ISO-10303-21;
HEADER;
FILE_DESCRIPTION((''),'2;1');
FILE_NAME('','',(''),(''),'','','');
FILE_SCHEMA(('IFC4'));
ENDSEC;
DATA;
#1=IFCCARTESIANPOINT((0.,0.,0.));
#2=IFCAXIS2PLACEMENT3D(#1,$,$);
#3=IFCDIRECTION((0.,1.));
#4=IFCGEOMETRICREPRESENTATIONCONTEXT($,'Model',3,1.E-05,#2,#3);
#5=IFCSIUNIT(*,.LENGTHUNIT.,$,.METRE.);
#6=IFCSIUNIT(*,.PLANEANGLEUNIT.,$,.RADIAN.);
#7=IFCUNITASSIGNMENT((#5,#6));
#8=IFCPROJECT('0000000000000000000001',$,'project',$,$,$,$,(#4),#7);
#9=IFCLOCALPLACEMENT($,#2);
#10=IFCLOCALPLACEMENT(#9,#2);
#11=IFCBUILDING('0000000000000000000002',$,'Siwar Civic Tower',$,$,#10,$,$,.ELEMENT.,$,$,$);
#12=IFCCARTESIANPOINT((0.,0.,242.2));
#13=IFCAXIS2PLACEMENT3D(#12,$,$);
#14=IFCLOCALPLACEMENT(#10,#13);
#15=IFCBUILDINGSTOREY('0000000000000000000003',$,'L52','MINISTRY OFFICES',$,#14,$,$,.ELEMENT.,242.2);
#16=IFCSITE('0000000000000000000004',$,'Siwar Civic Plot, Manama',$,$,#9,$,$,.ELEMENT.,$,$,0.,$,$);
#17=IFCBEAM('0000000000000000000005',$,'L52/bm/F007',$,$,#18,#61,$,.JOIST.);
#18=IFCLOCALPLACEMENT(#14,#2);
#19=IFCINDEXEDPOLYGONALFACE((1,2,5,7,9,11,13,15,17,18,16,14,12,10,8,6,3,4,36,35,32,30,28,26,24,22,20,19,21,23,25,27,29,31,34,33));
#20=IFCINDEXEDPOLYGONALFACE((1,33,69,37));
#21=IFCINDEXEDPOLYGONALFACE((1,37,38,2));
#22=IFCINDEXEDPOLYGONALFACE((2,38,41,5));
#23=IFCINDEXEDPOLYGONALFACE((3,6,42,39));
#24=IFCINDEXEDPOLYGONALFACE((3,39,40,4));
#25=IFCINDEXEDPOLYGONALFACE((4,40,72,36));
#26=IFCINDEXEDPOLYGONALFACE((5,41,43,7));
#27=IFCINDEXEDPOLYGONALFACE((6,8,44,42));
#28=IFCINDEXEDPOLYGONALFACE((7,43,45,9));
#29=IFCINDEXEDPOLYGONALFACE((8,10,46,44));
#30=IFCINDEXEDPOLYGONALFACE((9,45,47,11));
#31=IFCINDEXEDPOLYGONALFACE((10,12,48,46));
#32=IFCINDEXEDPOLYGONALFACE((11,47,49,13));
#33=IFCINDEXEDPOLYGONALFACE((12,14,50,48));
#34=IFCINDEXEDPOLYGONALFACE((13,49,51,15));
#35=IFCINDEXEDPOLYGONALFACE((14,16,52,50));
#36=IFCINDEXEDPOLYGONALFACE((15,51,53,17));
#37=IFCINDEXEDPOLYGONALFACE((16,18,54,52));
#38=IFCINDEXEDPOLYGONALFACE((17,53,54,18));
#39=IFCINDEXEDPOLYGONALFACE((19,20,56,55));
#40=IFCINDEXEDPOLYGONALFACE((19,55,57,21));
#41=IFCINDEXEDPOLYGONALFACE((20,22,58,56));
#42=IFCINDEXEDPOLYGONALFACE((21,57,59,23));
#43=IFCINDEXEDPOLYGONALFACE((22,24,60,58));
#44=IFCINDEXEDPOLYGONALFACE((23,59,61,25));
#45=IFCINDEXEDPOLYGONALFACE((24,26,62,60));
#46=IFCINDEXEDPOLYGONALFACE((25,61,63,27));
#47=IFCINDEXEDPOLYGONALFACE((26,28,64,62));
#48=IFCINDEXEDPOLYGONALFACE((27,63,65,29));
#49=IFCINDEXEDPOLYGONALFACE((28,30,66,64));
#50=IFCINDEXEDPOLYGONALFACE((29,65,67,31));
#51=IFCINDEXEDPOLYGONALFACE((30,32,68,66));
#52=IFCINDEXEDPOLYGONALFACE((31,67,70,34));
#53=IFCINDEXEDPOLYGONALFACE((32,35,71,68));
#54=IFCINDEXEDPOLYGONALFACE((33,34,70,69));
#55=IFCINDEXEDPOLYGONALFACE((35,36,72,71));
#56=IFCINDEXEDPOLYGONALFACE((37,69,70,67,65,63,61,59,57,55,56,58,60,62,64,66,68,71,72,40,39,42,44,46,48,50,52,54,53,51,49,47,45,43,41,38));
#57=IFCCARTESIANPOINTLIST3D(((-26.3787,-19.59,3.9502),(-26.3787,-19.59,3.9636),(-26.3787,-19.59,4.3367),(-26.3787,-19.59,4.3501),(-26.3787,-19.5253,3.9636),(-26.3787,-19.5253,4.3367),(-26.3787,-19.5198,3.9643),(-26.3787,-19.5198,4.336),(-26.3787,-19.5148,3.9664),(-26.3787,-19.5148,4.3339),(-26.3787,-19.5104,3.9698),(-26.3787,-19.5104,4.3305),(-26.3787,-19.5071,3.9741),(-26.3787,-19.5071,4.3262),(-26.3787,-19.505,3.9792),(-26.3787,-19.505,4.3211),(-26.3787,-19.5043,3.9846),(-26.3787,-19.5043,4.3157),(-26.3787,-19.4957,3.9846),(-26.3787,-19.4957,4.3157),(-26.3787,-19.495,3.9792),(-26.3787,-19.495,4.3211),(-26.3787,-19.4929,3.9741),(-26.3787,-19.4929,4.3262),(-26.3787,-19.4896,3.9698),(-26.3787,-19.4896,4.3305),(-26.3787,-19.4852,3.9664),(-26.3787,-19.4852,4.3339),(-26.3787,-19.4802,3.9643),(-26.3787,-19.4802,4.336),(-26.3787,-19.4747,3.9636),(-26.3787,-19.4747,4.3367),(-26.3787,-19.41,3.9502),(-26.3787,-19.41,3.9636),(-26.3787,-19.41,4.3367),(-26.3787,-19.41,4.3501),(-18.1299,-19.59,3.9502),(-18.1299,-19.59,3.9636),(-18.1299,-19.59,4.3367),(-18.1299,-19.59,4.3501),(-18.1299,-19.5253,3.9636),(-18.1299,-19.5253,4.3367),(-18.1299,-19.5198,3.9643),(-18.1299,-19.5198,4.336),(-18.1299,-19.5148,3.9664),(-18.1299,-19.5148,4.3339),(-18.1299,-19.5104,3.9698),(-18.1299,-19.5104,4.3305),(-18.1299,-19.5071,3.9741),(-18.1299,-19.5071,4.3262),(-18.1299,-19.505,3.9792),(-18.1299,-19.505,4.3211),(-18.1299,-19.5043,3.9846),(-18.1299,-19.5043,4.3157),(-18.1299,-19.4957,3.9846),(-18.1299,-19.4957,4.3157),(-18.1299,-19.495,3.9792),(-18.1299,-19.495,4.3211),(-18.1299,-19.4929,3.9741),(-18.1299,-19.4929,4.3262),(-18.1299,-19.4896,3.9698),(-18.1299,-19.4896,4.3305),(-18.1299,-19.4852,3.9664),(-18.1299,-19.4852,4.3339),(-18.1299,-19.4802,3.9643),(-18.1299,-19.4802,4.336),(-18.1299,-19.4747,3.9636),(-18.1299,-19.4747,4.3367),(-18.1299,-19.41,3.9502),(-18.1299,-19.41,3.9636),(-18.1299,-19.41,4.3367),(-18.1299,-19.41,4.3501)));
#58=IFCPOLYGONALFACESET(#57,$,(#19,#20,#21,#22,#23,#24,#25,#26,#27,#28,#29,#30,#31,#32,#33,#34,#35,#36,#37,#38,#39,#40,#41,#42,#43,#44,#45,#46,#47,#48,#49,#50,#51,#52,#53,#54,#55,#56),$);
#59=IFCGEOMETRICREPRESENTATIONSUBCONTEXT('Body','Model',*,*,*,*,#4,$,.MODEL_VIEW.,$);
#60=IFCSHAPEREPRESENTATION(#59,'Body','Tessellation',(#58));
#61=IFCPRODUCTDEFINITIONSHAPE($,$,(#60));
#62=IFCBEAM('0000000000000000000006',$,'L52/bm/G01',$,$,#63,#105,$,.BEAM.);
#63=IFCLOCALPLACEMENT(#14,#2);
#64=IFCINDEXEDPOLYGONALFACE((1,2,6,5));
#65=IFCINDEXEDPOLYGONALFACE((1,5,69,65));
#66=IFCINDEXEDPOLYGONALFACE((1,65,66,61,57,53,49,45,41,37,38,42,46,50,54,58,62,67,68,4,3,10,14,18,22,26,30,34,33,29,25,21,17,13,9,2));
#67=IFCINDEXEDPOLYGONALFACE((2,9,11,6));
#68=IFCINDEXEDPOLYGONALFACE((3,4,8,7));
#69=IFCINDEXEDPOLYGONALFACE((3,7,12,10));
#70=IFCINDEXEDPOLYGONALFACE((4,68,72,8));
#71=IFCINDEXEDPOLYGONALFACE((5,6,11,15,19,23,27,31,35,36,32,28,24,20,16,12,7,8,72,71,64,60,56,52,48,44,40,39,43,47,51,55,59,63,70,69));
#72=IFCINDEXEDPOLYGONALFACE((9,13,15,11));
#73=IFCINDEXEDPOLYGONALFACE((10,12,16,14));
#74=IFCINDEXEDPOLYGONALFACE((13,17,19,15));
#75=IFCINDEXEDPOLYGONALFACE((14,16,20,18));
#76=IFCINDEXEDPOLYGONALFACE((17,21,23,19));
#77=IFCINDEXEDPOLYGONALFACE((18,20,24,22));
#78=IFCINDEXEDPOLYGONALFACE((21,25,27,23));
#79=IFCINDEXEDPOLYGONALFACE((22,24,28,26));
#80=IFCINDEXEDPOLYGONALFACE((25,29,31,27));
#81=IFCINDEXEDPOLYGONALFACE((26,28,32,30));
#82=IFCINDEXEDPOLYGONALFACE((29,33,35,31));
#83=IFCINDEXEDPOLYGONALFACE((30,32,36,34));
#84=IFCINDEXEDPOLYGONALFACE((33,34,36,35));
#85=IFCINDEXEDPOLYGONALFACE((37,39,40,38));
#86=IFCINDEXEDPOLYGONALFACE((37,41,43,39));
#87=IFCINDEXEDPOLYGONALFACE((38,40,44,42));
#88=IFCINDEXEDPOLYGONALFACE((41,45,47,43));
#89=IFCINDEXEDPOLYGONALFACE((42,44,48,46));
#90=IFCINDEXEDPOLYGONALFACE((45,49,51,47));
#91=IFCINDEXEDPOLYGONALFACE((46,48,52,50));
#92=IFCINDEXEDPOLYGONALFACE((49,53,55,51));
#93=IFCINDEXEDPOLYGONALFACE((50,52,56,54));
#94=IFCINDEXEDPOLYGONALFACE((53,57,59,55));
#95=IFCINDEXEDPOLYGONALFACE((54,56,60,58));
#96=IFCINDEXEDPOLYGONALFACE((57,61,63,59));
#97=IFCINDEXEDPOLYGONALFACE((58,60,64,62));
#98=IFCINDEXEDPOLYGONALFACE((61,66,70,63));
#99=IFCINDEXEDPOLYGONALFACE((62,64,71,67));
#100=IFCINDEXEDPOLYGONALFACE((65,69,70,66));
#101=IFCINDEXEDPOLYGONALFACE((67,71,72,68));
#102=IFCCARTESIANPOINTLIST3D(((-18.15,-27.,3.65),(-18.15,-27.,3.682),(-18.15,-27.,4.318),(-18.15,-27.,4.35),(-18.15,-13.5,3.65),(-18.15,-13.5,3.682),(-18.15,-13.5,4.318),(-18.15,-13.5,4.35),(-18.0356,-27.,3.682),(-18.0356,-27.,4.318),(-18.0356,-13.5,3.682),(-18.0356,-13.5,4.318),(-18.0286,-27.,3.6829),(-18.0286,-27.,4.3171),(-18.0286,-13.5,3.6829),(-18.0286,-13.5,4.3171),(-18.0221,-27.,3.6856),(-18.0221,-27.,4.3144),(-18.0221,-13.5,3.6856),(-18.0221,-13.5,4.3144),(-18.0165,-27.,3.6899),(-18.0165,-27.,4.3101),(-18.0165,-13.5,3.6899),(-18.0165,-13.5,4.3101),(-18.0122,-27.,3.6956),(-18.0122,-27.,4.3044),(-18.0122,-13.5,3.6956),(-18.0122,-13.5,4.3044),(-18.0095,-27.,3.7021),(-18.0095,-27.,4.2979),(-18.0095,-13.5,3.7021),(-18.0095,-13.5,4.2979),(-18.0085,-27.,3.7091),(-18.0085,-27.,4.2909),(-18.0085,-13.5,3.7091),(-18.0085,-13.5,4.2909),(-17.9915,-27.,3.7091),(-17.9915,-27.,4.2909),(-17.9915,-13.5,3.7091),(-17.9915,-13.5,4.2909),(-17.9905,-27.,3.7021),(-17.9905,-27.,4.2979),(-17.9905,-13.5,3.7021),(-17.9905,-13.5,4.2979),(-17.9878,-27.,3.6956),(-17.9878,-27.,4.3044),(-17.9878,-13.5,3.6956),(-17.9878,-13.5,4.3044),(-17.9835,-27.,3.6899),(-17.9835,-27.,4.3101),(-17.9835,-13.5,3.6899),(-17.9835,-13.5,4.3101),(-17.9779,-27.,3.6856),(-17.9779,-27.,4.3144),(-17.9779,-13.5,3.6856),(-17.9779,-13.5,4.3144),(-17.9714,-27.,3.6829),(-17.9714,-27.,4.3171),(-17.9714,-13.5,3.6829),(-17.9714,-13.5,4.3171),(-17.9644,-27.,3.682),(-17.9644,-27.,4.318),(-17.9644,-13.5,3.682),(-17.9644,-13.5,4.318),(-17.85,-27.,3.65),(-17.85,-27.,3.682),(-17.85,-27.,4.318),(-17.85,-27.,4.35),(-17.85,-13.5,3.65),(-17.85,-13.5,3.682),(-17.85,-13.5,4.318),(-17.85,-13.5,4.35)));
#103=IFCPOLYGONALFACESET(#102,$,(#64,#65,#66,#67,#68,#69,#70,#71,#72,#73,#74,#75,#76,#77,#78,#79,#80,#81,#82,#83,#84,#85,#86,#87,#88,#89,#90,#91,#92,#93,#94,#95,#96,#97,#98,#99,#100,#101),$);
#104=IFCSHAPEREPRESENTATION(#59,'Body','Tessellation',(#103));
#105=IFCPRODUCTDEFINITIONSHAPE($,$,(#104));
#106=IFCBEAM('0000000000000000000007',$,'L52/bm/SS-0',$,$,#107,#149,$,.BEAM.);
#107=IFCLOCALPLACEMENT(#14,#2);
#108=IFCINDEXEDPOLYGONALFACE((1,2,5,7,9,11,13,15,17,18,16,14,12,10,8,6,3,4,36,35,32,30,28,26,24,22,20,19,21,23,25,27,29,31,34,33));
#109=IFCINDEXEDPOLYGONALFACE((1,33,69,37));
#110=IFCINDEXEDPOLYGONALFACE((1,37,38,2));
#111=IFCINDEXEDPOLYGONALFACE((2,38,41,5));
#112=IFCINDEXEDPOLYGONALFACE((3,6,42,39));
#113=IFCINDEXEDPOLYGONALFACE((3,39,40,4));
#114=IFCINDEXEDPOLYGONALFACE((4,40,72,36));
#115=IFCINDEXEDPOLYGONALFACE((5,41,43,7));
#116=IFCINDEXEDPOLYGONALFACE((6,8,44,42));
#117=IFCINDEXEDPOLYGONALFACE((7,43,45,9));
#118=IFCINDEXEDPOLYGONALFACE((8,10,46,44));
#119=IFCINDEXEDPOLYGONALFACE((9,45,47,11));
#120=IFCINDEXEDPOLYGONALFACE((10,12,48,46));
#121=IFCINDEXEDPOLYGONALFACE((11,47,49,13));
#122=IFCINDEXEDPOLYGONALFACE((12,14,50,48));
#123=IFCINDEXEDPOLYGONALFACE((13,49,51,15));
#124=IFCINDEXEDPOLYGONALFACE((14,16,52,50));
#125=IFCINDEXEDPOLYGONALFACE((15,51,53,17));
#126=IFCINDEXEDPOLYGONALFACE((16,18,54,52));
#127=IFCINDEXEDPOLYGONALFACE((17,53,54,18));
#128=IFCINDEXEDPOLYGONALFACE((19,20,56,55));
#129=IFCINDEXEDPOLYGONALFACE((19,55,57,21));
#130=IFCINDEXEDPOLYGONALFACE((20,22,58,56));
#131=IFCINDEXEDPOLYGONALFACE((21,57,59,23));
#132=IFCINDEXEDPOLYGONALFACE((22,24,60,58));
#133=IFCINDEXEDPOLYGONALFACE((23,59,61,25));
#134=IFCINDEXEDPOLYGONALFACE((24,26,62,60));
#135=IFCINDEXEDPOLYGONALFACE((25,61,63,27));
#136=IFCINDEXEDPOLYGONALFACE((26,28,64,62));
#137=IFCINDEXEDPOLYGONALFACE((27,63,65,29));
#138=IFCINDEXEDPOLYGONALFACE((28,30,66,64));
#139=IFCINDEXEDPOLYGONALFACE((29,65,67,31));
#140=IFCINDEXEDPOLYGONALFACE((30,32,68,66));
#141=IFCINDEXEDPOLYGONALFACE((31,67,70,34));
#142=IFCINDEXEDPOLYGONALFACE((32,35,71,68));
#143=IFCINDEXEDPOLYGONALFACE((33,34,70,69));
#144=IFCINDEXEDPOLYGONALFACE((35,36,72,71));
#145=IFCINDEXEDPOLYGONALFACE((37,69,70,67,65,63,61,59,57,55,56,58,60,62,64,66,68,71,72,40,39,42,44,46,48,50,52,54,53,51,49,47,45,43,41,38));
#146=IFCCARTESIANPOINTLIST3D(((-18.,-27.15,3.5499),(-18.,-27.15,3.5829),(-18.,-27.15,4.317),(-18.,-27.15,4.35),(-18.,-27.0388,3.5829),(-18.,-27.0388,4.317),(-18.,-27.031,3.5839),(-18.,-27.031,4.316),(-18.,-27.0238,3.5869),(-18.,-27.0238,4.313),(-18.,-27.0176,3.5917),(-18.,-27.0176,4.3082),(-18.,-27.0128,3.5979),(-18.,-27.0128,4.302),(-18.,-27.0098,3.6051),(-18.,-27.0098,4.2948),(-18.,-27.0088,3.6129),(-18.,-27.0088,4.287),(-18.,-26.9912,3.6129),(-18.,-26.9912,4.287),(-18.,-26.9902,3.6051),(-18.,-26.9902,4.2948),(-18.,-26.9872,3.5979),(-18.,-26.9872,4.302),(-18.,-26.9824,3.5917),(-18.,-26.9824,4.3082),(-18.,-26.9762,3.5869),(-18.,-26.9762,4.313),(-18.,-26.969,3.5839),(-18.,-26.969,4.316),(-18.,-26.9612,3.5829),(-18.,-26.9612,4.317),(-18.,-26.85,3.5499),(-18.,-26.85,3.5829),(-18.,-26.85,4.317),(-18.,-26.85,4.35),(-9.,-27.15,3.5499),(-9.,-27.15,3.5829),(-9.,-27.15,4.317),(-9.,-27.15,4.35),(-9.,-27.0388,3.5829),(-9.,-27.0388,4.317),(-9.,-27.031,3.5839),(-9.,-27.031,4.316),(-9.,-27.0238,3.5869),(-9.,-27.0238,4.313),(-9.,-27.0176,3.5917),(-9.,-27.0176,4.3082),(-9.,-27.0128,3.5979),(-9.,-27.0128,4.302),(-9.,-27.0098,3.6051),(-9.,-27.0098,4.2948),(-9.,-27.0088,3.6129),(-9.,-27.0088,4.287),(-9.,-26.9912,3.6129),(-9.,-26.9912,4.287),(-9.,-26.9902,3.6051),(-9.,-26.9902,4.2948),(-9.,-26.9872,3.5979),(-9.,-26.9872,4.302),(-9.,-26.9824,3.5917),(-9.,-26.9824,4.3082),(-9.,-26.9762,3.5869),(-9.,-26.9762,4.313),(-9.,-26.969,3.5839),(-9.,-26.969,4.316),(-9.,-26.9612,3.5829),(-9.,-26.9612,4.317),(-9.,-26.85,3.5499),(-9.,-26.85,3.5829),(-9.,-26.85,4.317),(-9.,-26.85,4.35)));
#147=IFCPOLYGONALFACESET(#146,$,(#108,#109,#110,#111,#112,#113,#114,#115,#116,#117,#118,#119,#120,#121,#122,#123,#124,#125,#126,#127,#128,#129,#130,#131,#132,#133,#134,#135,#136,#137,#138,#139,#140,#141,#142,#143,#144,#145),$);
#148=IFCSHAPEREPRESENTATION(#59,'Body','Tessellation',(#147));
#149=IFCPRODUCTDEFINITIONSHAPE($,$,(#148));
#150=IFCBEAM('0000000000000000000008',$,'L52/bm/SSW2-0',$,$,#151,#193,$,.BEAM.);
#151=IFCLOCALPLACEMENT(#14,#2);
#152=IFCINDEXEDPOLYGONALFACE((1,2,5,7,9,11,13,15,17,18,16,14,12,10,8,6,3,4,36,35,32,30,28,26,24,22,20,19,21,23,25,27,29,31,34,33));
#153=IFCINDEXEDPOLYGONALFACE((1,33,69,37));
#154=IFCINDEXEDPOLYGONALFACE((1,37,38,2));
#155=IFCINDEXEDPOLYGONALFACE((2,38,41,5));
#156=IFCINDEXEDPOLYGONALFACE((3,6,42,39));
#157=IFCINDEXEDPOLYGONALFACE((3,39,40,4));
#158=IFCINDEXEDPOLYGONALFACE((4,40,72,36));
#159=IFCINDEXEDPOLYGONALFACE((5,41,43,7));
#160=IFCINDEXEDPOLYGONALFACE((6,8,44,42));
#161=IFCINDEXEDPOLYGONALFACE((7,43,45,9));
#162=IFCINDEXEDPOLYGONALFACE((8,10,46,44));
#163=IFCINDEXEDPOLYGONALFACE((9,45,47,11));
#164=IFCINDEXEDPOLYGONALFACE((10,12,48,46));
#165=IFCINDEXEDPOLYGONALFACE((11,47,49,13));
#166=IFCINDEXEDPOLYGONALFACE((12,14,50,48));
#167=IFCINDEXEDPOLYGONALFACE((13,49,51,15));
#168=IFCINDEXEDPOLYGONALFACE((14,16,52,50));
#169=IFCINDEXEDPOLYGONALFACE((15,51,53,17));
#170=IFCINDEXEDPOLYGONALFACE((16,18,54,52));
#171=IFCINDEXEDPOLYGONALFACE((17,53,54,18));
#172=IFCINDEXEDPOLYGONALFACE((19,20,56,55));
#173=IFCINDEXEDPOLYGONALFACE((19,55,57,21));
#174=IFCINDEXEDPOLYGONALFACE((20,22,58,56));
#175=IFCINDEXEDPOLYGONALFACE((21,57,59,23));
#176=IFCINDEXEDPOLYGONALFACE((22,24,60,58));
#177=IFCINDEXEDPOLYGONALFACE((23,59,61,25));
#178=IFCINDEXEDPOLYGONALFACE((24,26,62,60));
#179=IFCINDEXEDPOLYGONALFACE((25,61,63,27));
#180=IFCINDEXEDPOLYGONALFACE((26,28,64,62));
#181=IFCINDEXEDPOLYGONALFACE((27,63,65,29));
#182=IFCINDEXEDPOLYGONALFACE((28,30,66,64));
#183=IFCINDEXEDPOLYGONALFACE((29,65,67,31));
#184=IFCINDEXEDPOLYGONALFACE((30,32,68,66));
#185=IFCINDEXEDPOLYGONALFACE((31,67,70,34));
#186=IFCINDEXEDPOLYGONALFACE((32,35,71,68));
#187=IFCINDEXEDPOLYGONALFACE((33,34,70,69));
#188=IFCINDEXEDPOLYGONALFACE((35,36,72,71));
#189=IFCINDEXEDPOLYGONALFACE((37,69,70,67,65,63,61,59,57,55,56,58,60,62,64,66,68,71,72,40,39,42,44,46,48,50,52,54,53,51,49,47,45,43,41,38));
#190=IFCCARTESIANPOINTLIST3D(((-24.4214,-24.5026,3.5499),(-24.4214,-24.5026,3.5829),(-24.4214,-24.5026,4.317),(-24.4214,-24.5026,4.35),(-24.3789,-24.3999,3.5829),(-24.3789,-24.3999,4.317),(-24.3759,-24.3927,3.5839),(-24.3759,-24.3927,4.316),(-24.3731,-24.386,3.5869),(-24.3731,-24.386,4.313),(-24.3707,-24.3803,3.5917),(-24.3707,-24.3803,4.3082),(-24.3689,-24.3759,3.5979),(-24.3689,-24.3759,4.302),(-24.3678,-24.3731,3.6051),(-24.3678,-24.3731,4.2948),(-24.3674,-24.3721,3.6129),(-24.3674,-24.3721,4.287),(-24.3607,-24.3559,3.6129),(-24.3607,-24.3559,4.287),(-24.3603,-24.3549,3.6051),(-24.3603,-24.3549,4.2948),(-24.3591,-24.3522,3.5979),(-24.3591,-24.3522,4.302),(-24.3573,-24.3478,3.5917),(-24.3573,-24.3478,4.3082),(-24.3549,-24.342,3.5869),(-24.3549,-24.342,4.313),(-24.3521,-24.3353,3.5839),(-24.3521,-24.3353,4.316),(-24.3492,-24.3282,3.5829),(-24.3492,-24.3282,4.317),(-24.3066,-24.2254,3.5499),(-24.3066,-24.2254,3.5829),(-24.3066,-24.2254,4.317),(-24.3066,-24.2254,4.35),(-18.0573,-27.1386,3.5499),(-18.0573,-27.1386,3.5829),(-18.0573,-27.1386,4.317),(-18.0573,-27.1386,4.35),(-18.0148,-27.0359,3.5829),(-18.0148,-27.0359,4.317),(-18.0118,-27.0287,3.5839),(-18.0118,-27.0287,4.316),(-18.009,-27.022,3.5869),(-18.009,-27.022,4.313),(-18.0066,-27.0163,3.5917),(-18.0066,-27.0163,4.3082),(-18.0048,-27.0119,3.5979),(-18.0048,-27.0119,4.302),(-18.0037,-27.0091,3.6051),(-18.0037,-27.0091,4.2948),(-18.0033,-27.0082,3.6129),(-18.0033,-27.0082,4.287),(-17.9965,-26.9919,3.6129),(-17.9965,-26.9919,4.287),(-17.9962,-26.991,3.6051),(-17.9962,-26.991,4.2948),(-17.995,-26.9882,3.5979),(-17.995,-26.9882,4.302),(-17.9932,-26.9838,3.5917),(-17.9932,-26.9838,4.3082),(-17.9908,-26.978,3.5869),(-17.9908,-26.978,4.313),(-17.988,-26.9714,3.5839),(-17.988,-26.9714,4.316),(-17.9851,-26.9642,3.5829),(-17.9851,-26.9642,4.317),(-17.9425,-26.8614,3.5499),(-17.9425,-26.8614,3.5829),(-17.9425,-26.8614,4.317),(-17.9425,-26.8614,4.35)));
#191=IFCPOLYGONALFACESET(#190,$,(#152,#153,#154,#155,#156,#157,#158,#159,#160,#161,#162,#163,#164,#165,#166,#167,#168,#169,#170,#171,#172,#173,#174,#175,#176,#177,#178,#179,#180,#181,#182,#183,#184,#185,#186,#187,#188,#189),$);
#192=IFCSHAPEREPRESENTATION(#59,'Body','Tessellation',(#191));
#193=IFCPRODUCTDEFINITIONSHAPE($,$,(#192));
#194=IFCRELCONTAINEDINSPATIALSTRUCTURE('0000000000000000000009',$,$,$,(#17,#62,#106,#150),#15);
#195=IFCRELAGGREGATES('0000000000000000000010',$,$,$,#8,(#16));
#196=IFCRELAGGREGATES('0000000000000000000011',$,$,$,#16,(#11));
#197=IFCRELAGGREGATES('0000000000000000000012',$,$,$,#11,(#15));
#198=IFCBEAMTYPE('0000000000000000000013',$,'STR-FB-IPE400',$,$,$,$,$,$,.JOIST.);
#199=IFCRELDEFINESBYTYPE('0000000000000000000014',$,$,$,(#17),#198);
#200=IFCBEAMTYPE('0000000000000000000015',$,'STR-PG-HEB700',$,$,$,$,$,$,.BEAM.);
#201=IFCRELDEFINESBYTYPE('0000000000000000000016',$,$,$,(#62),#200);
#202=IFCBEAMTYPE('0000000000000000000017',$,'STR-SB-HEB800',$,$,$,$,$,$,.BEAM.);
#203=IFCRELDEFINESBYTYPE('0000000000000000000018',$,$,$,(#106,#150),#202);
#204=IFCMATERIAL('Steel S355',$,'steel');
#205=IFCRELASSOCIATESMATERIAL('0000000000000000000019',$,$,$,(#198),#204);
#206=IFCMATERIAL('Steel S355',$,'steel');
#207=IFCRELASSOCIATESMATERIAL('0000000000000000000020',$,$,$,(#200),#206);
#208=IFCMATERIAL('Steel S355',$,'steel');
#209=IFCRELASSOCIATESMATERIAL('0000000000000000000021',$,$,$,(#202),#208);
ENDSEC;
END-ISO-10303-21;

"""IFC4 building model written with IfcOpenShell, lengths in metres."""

from ifc_helpers import new_model, si_unit, direction, frame, origin, origin_2d, place, context, subcontext, project, spatial, i_section, extrude, material, material_profile, profile_set, type_object, element, save


model = new_model("IFC4")

# Units and contexts
model_context = context("Model", 3, precision=1e-05, world=origin(), true_north=direction((0.0, 1.0)))
body_context = subcontext(model_context, "Body", "Model", "MODEL_VIEW")
ifc_project = project(units=[si_unit("LENGTHUNIT", "METRE"), si_unit("PLANEANGLEUNIT", "RADIAN")], contexts=[model_context])

# Site, building, storey
site_placement = place(None, origin())
site = spatial("IfcSite", under=ifc_project, at=site_placement, Name="Siwar Civic Plot, Manama", CompositionType="ELEMENT", RefElevation=0.0)
building_placement = place(site_placement, origin())
building = spatial("IfcBuilding", under=site, at=building_placement, Name="Siwar Civic Tower", CompositionType="ELEMENT")
storey_placement = place(building_placement, frame((0.0, 0.0, 242.2)))
storey = spatial("IfcBuildingStorey", under=building, at=storey_placement, Name="L52", Description="MINISTRY OFFICES", CompositionType="ELEMENT", Elevation=242.2)

# Beams
ifc_material_1 = material(Name="Steel S355", Category="steel")
ifc_material_profile_1 = material_profile(ifc_material_1, i_section(OverallWidth=0.1799, OverallDepth=0.3999, WebThickness=0.0085, FlangeThickness=0.0134, FilletRadius=0.021, at=origin_2d()), Name="IPE400")
ifc_profile_set_1 = profile_set([ifc_material_profile_1], Name="Steel S355")
beam_type_1 = type_object("IfcBeamType", Name="STR-FB-IPE400", PredefinedType="JOIST", material=ifc_profile_set_1)
beam_1_placement = place(storey_placement, frame((-26.3787, -19.5, 4.1501), z_axis=(1.0, 0.0, 0.0), x_axis=(0.0, 1.0, 0.0)))
element("IfcBeam", 1, at=beam_1_placement, inside=storey, type_object=beam_type_1, Name="L52/bm/F007", PredefinedType="JOIST", context=body_context, shape_type="SweptSolid", body=[
    extrude(i_section(OverallWidth=0.1799, OverallDepth=0.3999, WebThickness=0.0085, FlangeThickness=0.0134, FilletRadius=0.021, at=origin_2d()), origin(), (0.0, 0.0, 1.0), 8.2488),
])
ifc_material_2 = material(Name="Steel S355", Category="steel")
ifc_material_profile_2 = material_profile(ifc_material_2, i_section(OverallWidth=0.3, OverallDepth=0.7, WebThickness=0.0171, FlangeThickness=0.032, FilletRadius=0.0271, at=origin_2d()), Name="HEB700")
ifc_profile_set_2 = profile_set([ifc_material_profile_2], Name="Steel S355")
beam_type_2 = type_object("IfcBeamType", Name="STR-PG-HEB700", PredefinedType="BEAM", material=ifc_profile_set_2)
beam_2_placement = place(storey_placement, frame((-18.0, -27.0, 4.0), z_axis=(0.0, 1.0, 0.0), x_axis=(-1.0, 0.0, 0.0)))
element("IfcBeam", 2, at=beam_2_placement, inside=storey, type_object=beam_type_2, Name="L52/bm/G01", PredefinedType="BEAM", context=body_context, shape_type="SweptSolid", body=[
    extrude(i_section(OverallWidth=0.3, OverallDepth=0.7, WebThickness=0.0171, FlangeThickness=0.032, FilletRadius=0.0271, at=origin_2d()), origin(), (0.0, 0.0, 1.0), 13.5),
])
ifc_material_3 = material(Name="Steel S355", Category="steel")
ifc_material_profile_3 = material_profile(ifc_material_3, i_section(OverallWidth=0.3, OverallDepth=0.8, WebThickness=0.0176, FlangeThickness=0.033, FilletRadius=0.03, at=origin_2d()), Name="HEB800")
ifc_profile_set_3 = profile_set([ifc_material_profile_3], Name="Steel S355")
beam_type_3 = type_object("IfcBeamType", Name="STR-SB-HEB800", PredefinedType="BEAM", material=ifc_profile_set_3)
beam_3_placement = place(storey_placement, frame((-18.0, -27.0, 3.95), z_axis=(1.0, 0.0, 0.0), x_axis=(0.0, 1.0, 0.0)))
element("IfcBeam", 3, at=beam_3_placement, inside=storey, type_object=beam_type_3, Name="L52/bm/SS-0", PredefinedType="BEAM", context=body_context, shape_type="SweptSolid", body=[
    extrude(i_section(OverallWidth=0.3, OverallDepth=0.8, WebThickness=0.0176, FlangeThickness=0.033, FilletRadius=0.03, at=origin_2d()), origin(), (0.0, 0.0, 1.0), 9.0),
])
beam_4_placement = place(storey_placement, frame((-24.364, -24.364, 3.95), z_axis=(0.923883, -0.382674, 0.0), x_axis=(0.382674, 0.923883, 0.0)))
element("IfcBeam", 4, at=beam_4_placement, inside=storey, type_object=beam_type_3, Name="L52/bm/SSW2-0", PredefinedType="BEAM", context=body_context, shape_type="SweptSolid", body=[
    extrude(i_section(OverallWidth=0.3, OverallDepth=0.8, WebThickness=0.0176, FlangeThickness=0.033, FilletRadius=0.03, at=origin_2d()), origin(), (0.0, 0.0, 1.0), 6.8884),
])

save(model, "model.ifc")
